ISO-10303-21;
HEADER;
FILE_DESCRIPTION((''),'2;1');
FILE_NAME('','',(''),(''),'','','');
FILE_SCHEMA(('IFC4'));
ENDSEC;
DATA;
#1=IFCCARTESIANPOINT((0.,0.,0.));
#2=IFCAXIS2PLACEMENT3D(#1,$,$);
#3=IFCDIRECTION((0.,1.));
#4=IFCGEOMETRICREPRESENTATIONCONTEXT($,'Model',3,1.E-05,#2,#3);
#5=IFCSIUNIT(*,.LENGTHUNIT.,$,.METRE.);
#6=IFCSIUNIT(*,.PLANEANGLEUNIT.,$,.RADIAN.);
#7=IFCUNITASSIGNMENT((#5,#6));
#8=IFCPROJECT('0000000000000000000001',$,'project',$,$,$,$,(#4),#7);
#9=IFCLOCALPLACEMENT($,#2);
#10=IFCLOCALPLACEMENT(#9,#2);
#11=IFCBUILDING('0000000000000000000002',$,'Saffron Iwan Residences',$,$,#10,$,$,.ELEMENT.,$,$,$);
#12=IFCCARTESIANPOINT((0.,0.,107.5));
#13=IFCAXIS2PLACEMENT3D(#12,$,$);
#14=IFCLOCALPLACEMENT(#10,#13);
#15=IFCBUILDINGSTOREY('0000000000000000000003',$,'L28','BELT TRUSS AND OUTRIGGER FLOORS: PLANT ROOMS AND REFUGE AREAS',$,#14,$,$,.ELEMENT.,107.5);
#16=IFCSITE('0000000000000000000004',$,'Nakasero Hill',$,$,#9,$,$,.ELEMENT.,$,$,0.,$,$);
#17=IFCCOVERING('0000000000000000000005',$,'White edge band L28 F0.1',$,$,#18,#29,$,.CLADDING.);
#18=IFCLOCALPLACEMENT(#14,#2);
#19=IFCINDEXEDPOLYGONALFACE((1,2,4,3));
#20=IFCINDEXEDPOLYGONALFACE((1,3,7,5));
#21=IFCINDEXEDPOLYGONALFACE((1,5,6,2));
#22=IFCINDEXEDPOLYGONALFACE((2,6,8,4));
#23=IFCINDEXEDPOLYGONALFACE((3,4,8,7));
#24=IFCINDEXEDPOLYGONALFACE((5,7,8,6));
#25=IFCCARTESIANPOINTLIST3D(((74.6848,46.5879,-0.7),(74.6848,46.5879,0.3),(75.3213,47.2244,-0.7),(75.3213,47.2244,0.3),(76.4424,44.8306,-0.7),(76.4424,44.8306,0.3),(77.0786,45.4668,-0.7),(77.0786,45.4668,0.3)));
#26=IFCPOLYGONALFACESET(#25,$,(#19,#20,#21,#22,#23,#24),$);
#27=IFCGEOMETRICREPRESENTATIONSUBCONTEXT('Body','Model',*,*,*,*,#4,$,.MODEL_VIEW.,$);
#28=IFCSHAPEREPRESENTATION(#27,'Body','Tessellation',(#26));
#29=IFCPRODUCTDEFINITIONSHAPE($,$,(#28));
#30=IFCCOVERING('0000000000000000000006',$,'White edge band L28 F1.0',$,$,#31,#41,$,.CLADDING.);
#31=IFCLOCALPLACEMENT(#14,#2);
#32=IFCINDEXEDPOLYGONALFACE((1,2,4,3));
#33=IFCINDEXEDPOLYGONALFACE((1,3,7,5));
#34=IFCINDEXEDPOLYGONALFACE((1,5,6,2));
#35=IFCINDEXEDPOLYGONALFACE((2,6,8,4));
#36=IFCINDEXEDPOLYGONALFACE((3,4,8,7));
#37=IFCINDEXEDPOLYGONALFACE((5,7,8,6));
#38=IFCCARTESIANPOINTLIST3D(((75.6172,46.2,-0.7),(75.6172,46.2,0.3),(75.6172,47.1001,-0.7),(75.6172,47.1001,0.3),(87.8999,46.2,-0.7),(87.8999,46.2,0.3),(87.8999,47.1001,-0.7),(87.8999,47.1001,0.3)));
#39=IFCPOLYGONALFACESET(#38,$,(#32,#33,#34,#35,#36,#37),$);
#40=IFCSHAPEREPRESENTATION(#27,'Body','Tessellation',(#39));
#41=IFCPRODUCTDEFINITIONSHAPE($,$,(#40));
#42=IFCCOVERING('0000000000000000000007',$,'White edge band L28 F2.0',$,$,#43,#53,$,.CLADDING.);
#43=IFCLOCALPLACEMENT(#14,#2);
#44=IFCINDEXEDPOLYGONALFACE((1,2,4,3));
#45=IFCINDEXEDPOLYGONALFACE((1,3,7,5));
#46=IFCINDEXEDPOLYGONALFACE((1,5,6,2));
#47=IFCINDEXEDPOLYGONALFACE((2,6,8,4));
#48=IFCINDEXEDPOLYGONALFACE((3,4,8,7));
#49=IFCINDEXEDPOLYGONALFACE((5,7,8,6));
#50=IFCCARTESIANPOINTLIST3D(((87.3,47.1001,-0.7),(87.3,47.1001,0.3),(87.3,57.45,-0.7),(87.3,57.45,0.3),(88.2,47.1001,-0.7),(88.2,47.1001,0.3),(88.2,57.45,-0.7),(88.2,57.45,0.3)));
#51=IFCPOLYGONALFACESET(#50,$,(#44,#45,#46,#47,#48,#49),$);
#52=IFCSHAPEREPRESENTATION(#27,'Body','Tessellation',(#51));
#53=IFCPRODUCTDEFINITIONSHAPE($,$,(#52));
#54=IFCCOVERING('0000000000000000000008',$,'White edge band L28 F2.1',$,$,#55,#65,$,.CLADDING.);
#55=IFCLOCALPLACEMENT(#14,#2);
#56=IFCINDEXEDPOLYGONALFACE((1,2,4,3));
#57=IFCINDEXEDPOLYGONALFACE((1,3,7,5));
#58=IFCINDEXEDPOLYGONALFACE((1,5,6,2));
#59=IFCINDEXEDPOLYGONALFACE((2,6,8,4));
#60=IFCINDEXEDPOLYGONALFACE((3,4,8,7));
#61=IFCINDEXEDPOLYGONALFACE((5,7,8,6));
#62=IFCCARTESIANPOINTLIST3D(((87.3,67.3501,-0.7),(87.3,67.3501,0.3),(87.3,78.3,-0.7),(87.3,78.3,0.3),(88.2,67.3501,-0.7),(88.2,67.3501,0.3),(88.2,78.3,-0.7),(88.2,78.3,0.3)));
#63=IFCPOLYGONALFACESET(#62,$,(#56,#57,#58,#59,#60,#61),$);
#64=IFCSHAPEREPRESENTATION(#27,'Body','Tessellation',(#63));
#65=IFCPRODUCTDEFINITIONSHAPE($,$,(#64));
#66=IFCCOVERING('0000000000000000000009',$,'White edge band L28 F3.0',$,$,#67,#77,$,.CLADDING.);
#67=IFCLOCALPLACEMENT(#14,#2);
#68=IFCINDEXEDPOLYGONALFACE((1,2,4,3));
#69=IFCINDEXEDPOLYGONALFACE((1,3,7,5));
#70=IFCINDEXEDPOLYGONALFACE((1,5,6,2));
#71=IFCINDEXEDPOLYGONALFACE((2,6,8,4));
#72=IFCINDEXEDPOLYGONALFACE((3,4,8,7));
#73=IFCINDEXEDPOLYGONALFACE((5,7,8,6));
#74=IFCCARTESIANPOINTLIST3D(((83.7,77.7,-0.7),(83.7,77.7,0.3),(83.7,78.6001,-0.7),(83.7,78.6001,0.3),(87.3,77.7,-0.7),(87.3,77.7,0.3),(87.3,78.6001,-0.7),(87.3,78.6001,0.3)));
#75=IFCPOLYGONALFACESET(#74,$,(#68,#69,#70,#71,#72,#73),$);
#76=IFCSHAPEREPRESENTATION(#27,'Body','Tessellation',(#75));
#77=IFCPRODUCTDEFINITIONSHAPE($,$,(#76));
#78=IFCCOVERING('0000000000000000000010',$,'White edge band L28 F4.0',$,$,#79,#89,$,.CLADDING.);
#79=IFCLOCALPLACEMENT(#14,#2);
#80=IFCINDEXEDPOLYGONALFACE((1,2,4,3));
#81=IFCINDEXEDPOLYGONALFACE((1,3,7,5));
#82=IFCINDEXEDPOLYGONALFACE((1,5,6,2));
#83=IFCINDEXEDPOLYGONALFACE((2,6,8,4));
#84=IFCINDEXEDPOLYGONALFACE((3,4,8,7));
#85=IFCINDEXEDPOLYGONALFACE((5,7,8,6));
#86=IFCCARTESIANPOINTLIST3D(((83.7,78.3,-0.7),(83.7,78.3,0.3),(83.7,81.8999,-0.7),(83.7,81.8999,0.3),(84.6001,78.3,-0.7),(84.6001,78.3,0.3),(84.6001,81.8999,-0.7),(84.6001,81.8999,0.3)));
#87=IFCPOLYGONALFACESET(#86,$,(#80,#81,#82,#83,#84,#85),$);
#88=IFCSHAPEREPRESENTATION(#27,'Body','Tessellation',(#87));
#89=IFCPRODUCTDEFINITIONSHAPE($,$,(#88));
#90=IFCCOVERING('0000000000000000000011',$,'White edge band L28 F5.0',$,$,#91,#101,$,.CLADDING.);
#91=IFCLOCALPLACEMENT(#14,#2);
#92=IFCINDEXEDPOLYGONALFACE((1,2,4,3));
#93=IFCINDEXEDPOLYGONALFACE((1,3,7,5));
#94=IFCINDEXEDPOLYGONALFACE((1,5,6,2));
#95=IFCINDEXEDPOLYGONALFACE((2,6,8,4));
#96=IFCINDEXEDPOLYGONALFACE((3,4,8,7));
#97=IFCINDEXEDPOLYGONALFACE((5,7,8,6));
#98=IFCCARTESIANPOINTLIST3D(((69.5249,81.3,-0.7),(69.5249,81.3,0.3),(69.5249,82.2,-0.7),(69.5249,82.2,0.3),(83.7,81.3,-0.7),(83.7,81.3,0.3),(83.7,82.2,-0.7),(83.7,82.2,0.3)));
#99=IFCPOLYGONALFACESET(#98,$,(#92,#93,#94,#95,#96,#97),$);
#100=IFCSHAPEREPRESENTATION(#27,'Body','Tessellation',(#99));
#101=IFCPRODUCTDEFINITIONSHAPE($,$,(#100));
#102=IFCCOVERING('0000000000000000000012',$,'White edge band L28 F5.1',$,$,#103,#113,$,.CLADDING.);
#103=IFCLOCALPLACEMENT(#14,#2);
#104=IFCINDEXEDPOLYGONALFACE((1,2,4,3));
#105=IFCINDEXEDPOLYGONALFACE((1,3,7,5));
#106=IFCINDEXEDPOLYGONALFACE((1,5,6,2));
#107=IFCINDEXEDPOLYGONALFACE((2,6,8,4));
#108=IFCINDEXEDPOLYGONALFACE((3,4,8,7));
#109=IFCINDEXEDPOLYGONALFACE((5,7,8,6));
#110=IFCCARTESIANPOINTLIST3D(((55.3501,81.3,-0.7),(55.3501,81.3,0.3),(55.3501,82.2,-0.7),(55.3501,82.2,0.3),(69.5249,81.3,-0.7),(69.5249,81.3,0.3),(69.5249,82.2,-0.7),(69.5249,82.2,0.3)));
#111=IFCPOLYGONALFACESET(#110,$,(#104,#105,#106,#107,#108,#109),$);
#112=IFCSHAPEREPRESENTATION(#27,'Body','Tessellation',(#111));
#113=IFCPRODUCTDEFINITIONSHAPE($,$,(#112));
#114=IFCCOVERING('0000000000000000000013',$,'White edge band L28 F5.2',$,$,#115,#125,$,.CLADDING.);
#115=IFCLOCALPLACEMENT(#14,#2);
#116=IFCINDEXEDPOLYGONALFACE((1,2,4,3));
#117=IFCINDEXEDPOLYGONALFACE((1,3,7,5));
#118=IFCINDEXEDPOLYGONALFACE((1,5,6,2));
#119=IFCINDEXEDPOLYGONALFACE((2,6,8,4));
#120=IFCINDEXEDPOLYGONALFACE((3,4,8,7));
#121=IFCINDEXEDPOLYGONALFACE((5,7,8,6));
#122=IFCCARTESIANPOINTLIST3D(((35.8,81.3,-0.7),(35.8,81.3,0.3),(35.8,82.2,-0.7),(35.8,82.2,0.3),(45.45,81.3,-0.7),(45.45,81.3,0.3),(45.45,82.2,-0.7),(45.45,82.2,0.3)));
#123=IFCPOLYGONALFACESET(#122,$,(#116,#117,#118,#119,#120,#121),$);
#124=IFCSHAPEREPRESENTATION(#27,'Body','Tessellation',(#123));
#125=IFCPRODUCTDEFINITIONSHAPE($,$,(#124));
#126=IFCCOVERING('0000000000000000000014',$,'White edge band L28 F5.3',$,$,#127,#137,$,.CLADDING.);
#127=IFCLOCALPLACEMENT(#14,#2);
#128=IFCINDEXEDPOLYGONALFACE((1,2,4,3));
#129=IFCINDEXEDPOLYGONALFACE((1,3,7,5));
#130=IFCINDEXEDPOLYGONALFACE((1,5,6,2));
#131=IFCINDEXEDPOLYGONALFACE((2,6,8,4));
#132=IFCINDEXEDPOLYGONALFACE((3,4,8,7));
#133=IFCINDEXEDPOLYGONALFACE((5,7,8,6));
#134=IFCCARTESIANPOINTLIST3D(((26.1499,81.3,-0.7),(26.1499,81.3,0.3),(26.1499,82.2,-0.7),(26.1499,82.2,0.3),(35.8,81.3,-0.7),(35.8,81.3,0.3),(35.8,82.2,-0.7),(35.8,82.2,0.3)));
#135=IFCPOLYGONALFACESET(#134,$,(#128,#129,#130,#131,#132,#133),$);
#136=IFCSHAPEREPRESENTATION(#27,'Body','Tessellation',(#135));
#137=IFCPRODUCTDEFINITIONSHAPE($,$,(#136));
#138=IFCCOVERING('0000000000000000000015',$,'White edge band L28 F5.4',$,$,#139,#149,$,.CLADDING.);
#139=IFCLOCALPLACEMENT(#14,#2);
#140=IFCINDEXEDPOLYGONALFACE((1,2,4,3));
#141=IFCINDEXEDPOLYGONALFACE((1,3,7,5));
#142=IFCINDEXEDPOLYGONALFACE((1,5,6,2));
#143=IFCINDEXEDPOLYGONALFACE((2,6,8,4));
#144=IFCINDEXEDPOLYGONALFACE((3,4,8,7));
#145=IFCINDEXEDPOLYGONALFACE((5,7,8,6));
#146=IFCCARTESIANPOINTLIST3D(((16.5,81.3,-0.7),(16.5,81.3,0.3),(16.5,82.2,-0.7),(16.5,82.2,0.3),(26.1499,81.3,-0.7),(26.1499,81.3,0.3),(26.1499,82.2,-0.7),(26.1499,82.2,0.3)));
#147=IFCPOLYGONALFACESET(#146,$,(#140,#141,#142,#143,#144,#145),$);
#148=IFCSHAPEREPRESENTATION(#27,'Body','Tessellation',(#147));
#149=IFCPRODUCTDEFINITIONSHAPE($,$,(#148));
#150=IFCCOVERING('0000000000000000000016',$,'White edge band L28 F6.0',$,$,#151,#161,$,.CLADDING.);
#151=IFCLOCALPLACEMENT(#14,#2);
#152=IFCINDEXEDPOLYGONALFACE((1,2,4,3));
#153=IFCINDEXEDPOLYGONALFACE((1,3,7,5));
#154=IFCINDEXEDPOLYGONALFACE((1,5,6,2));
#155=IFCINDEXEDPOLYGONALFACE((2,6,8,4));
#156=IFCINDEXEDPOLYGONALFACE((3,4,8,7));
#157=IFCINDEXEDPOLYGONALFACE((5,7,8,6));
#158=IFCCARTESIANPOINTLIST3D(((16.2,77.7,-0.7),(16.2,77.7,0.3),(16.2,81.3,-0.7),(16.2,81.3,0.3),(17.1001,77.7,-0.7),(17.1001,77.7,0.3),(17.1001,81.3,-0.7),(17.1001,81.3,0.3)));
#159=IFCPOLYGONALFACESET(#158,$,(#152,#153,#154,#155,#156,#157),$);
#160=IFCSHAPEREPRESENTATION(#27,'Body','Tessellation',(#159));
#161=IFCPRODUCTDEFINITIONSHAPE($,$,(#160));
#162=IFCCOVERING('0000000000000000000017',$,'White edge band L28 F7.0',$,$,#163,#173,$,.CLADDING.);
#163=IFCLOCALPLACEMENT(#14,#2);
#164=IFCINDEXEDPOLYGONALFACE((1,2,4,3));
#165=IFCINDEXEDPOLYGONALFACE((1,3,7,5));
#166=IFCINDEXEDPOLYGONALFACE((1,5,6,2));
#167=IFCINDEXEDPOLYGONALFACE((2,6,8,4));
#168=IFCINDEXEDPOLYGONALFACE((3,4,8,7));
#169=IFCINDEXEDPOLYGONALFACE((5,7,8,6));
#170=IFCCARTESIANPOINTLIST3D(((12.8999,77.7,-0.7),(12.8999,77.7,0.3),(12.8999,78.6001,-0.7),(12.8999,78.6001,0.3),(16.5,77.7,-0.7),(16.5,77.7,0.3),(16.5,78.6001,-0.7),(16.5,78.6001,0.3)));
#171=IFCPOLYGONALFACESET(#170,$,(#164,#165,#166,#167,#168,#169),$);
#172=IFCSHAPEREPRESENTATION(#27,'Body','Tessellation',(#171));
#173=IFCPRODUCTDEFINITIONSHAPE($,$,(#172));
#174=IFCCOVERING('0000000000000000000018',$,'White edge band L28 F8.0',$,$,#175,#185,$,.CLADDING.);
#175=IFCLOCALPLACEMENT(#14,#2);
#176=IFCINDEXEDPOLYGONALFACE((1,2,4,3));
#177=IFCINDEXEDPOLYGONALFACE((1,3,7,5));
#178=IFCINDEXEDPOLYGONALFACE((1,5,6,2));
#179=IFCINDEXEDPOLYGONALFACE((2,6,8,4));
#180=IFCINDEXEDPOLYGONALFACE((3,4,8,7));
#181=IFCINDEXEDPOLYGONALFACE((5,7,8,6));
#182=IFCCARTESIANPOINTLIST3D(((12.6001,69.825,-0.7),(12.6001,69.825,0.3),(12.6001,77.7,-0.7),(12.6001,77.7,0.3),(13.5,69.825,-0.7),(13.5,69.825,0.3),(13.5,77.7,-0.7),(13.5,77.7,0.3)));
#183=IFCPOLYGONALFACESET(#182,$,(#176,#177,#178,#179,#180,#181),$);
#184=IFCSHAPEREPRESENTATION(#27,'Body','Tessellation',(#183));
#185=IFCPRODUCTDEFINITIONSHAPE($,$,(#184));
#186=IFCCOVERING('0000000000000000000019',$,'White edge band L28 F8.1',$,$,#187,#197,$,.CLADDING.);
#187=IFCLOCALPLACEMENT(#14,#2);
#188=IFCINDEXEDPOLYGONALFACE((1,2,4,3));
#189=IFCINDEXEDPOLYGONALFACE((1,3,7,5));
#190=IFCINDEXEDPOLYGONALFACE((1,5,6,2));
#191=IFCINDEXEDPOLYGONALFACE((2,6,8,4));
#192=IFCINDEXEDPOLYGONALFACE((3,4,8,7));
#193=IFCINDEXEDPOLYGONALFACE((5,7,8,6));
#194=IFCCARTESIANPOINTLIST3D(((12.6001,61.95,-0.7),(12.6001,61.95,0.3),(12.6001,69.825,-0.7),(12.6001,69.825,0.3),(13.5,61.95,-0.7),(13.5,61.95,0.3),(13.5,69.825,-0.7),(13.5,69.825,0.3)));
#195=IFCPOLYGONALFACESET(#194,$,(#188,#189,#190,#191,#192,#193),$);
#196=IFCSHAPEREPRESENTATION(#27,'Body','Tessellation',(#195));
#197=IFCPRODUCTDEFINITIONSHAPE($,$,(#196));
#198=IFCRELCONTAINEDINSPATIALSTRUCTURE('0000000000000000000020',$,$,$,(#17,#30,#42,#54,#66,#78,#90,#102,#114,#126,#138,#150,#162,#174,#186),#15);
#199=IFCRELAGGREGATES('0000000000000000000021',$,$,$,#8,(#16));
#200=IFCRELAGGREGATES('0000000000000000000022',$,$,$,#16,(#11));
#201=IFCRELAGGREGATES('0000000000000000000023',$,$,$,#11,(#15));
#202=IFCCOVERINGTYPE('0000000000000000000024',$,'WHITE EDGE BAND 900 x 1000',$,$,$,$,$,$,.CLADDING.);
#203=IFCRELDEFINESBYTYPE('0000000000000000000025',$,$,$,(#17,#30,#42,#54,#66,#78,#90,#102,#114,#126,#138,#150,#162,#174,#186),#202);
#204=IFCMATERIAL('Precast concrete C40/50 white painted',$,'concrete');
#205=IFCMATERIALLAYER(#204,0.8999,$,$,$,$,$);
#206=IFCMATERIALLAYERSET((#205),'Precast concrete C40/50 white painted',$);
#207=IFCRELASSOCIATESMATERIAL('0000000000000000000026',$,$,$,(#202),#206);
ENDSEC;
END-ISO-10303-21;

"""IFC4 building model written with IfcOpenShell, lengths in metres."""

from ifc_helpers import new_model, si_unit, direction, frame, origin, place, context, subcontext, project, spatial, polyline, outline, extrude, material, layer, layer_set, type_object, element, save


model = new_model("IFC4")

# Units and contexts
model_context = context("Model", 3, precision=1e-05, world=origin(), true_north=direction((0.0, 1.0)))
body_context = subcontext(model_context, "Body", "Model", "MODEL_VIEW")
ifc_project = project(units=[si_unit("LENGTHUNIT", "METRE"), si_unit("PLANEANGLEUNIT", "RADIAN")], contexts=[model_context])

# Site, building, storey
site_placement = place(None, origin())
site = spatial("IfcSite", under=ifc_project, at=site_placement, Name="Nakasero Hill", CompositionType="ELEMENT", RefElevation=0.0)
building_placement = place(site_placement, origin())
building = spatial("IfcBuilding", under=site, at=building_placement, Name="Saffron Iwan Residences", CompositionType="ELEMENT")
storey_placement = place(building_placement, frame((0.0, 0.0, 107.5)))
storey = spatial("IfcBuildingStorey", under=building, at=storey_placement, Name="L28", Description="BELT TRUSS AND OUTRIGGER FLOORS: PLANT ROOMS AND REFUGE AREAS", CompositionType="ELEMENT", Elevation=107.5)

# Coverings
ifc_material_1 = material(Name="Precast concrete C40/50 white painted", Category="concrete")
ifc_layer_1 = layer(ifc_material_1, 0.8999)
ifc_layer_set_1 = layer_set([ifc_layer_1], Name="Precast concrete C40/50 white painted")
covering_type_1 = type_object("IfcCoveringType", Name="WHITE EDGE BAND 900 x 1000", PredefinedType="CLADDING", material=ifc_layer_set_1)
covering_1_placement = place(storey_placement, frame((0.0, 0.0, -0.7)))
element("IfcCovering", 1, at=covering_1_placement, inside=storey, type_object=covering_type_1, Name="White edge band L28 F0.1", PredefinedType="CLADDING", context=body_context, shape_type="SweptSolid", body=[
    extrude(outline(polyline([(77.0786, 45.4668), (75.3213, 47.2244), (74.6848, 46.5879), (76.4424, 44.8306), (77.0786, 45.4668)])), origin(), (0.0, 0.0, 1.0), 1.0),
])
covering_2_placement = place(storey_placement, frame((0.0, 0.0, -0.7)))
element("IfcCovering", 2, at=covering_2_placement, inside=storey, type_object=covering_type_1, Name="White edge band L28 F1.0", PredefinedType="CLADDING", context=body_context, shape_type="SweptSolid", body=[
    extrude(outline(polyline([(75.6172, 46.2), (87.8999, 46.2), (87.8999, 47.1001), (75.6172, 47.1001), (75.6172, 46.2)])), origin(), (0.0, 0.0, 1.0), 1.0),
])
covering_3_placement = place(storey_placement, frame((0.0, 0.0, -0.7)))
element("IfcCovering", 3, at=covering_3_placement, inside=storey, type_object=covering_type_1, Name="White edge band L28 F2.0", PredefinedType="CLADDING", context=body_context, shape_type="SweptSolid", body=[
    extrude(outline(polyline([(88.2, 47.1001), (88.2, 57.45), (87.3, 57.45), (87.3, 47.1001), (88.2, 47.1001)])), origin(), (0.0, 0.0, 1.0), 1.0),
])
covering_4_placement = place(storey_placement, frame((0.0, 0.0, -0.7)))
element("IfcCovering", 4, at=covering_4_placement, inside=storey, type_object=covering_type_1, Name="White edge band L28 F2.1", PredefinedType="CLADDING", context=body_context, shape_type="SweptSolid", body=[
    extrude(outline(polyline([(88.2, 67.3501), (88.2, 78.3), (87.3, 78.3), (87.3, 67.3501), (88.2, 67.3501)])), origin(), (0.0, 0.0, 1.0), 1.0),
])
covering_5_placement = place(storey_placement, frame((0.0, 0.0, -0.7)))
element("IfcCovering", 5, at=covering_5_placement, inside=storey, type_object=covering_type_1, Name="White edge band L28 F3.0", PredefinedType="CLADDING", context=body_context, shape_type="SweptSolid", body=[
    extrude(outline(polyline([(87.3, 78.6001), (83.7, 78.6001), (83.7, 77.7), (87.3, 77.7), (87.3, 78.6001)])), origin(), (0.0, 0.0, 1.0), 1.0),
])
covering_6_placement = place(storey_placement, frame((0.0, 0.0, -0.7)))
element("IfcCovering", 6, at=covering_6_placement, inside=storey, type_object=covering_type_1, Name="White edge band L28 F4.0", PredefinedType="CLADDING", context=body_context, shape_type="SweptSolid", body=[
    extrude(outline(polyline([(84.6001, 78.3), (84.6001, 81.8999), (83.7, 81.8999), (83.7, 78.3), (84.6001, 78.3)])), origin(), (0.0, 0.0, 1.0), 1.0),
])
covering_7_placement = place(storey_placement, frame((0.0, 0.0, -0.7)))
element("IfcCovering", 7, at=covering_7_placement, inside=storey, type_object=covering_type_1, Name="White edge band L28 F5.0", PredefinedType="CLADDING", context=body_context, shape_type="SweptSolid", body=[
    extrude(outline(polyline([(83.7, 82.2), (69.5249, 82.2), (69.5249, 81.3), (83.7, 81.3), (83.7, 82.2)])), origin(), (0.0, 0.0, 1.0), 1.0),
])
covering_8_placement = place(storey_placement, frame((0.0, 0.0, -0.7)))
element("IfcCovering", 8, at=covering_8_placement, inside=storey, type_object=covering_type_1, Name="White edge band L28 F5.1", PredefinedType="CLADDING", context=body_context, shape_type="SweptSolid", body=[
    extrude(outline(polyline([(69.5249, 82.2), (55.3501, 82.2), (55.3501, 81.3), (69.5249, 81.3), (69.5249, 82.2)])), origin(), (0.0, 0.0, 1.0), 1.0),
])
covering_9_placement = place(storey_placement, frame((0.0, 0.0, -0.7)))
element("IfcCovering", 9, at=covering_9_placement, inside=storey, type_object=covering_type_1, Name="White edge band L28 F5.2", PredefinedType="CLADDING", context=body_context, shape_type="SweptSolid", body=[
    extrude(outline(polyline([(45.45, 82.2), (35.8, 82.2), (35.8, 81.3), (45.45, 81.3), (45.45, 82.2)])), origin(), (0.0, 0.0, 1.0), 1.0),
])
covering_10_placement = place(storey_placement, frame((0.0, 0.0, -0.7)))
element("IfcCovering", 10, at=covering_10_placement, inside=storey, type_object=covering_type_1, Name="White edge band L28 F5.3", PredefinedType="CLADDING", context=body_context, shape_type="SweptSolid", body=[
    extrude(outline(polyline([(35.8, 82.2), (26.1499, 82.2), (26.1499, 81.3), (35.8, 81.3), (35.8, 82.2)])), origin(), (0.0, 0.0, 1.0), 1.0),
])
covering_11_placement = place(storey_placement, frame((0.0, 0.0, -0.7)))
element("IfcCovering", 11, at=covering_11_placement, inside=storey, type_object=covering_type_1, Name="White edge band L28 F5.4", PredefinedType="CLADDING", context=body_context, shape_type="SweptSolid", body=[
    extrude(outline(polyline([(26.1499, 82.2), (16.5, 82.2), (16.5, 81.3), (26.1499, 81.3), (26.1499, 82.2)])), origin(), (0.0, 0.0, 1.0), 1.0),
])
covering_12_placement = place(storey_placement, frame((0.0, 0.0, -0.7)))
element("IfcCovering", 12, at=covering_12_placement, inside=storey, type_object=covering_type_1, Name="White edge band L28 F6.0", PredefinedType="CLADDING", context=body_context, shape_type="SweptSolid", body=[
    extrude(outline(polyline([(16.2, 81.3), (16.2, 77.7), (17.1001, 77.7), (17.1001, 81.3), (16.2, 81.3)])), origin(), (0.0, 0.0, 1.0), 1.0),
])
covering_13_placement = place(storey_placement, frame((0.0, 0.0, -0.7)))
element("IfcCovering", 13, at=covering_13_placement, inside=storey, type_object=covering_type_1, Name="White edge band L28 F7.0", PredefinedType="CLADDING", context=body_context, shape_type="SweptSolid", body=[
    extrude(outline(polyline([(16.5, 78.6001), (12.8999, 78.6001), (12.8999, 77.7), (16.5, 77.7), (16.5, 78.6001)])), origin(), (0.0, 0.0, 1.0), 1.0),
])
covering_14_placement = place(storey_placement, frame((0.0, 0.0, -0.7)))
element("IfcCovering", 14, at=covering_14_placement, inside=storey, type_object=covering_type_1, Name="White edge band L28 F8.0", PredefinedType="CLADDING", context=body_context, shape_type="SweptSolid", body=[
    extrude(outline(polyline([(12.6001, 77.7), (12.6001, 69.825), (13.5, 69.825), (13.5, 77.7), (12.6001, 77.7)])), origin(), (0.0, 0.0, 1.0), 1.0),
])
covering_15_placement = place(storey_placement, frame((0.0, 0.0, -0.7)))
element("IfcCovering", 15, at=covering_15_placement, inside=storey, type_object=covering_type_1, Name="White edge band L28 F8.1", PredefinedType="CLADDING", context=body_context, shape_type="SweptSolid", body=[
    extrude(outline(polyline([(12.6001, 69.825), (12.6001, 61.95), (13.5, 61.95), (13.5, 69.825), (12.6001, 69.825)])), origin(), (0.0, 0.0, 1.0), 1.0),
])

save(model, "model.ifc")
